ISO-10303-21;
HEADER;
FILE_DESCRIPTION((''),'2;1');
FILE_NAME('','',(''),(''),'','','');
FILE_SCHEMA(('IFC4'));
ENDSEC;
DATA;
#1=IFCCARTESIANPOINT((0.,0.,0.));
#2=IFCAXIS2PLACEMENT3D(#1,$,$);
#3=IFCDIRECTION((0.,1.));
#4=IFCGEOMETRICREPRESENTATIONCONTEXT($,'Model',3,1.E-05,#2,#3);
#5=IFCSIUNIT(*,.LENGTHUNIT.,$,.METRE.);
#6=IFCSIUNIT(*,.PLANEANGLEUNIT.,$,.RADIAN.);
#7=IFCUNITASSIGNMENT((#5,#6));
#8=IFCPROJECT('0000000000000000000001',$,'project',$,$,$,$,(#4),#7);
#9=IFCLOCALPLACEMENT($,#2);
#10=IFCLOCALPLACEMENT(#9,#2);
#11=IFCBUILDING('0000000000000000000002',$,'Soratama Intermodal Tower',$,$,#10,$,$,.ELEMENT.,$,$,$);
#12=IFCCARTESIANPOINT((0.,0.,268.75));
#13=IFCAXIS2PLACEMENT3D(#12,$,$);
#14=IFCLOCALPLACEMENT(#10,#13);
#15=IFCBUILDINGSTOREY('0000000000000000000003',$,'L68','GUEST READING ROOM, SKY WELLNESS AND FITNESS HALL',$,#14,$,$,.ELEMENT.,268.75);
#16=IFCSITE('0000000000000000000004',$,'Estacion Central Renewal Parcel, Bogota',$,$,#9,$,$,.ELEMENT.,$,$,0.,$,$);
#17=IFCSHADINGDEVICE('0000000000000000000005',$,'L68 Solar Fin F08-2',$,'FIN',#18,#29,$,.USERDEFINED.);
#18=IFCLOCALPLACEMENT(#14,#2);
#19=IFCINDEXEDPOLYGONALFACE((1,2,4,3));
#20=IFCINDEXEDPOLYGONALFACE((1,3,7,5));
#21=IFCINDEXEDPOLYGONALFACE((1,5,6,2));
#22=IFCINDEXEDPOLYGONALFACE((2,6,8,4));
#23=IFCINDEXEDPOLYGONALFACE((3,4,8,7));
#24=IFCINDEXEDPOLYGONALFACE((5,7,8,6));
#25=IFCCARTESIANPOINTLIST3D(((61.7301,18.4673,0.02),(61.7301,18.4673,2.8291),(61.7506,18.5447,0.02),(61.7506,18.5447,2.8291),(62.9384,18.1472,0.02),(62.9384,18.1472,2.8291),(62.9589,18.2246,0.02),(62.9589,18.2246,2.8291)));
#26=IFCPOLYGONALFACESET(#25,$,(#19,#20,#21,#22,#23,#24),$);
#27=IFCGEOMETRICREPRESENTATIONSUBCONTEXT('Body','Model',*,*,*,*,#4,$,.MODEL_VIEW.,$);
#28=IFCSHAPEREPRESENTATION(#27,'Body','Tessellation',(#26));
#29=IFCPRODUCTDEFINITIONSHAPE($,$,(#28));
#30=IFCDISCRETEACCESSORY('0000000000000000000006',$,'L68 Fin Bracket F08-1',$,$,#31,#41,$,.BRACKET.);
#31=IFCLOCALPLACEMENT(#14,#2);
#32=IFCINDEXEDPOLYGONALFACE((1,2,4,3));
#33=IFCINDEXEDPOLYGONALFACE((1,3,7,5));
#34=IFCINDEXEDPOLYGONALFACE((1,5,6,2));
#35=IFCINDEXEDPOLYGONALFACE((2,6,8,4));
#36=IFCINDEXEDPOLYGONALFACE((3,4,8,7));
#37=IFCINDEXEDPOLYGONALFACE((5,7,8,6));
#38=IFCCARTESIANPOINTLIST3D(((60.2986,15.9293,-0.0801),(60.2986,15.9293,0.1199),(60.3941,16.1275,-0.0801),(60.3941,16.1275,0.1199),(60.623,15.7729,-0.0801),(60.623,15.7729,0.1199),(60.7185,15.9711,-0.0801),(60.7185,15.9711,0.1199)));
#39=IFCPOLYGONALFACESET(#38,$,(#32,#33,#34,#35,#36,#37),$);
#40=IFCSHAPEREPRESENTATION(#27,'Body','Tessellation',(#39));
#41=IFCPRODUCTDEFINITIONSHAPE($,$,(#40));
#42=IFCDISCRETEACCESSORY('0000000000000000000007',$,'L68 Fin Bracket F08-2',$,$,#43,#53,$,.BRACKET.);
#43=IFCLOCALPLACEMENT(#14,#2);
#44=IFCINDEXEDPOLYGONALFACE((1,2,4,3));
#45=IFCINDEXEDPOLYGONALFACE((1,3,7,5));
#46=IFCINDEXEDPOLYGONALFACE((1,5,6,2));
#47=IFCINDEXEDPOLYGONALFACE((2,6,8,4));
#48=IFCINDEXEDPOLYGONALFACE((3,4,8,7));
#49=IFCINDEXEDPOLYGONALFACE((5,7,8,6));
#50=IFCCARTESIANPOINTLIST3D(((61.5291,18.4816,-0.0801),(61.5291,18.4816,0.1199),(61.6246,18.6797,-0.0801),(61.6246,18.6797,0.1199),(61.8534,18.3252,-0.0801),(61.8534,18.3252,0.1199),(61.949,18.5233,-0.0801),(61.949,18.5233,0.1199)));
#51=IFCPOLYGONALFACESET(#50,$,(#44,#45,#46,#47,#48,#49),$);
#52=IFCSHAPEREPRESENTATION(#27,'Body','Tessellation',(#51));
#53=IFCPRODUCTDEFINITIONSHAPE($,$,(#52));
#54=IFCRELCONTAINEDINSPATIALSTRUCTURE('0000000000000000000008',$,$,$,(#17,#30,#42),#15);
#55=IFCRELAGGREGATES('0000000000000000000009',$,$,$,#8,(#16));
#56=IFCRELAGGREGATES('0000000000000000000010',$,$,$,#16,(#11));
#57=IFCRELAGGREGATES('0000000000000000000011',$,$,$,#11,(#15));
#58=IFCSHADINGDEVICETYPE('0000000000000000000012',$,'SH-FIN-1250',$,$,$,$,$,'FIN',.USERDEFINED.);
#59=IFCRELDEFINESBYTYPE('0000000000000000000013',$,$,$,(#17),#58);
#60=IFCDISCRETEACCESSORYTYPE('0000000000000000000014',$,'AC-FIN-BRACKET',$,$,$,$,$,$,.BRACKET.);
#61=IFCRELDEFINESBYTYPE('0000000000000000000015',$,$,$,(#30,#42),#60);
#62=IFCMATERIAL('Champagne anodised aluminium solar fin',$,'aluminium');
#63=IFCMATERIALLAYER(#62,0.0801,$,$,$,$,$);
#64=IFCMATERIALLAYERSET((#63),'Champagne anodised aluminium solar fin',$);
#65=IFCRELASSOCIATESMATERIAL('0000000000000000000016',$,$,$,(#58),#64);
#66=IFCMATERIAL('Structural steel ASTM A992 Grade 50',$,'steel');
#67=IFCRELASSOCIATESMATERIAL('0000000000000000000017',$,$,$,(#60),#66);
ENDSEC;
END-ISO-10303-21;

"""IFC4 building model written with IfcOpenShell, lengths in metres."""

from ifc_helpers import new_model, si_unit, direction, frame, origin, origin_2d, place, context, subcontext, project, spatial, rectangle, extrude, material, layer, layer_set, type_object, element, save


model = new_model("IFC4")

# Units and contexts
model_context = context("Model", 3, precision=1e-05, world=origin(), true_north=direction((0.0, 1.0)))
body_context = subcontext(model_context, "Body", "Model", "MODEL_VIEW")
ifc_project = project(units=[si_unit("LENGTHUNIT", "METRE"), si_unit("PLANEANGLEUNIT", "RADIAN")], contexts=[model_context])

# Site, building, storey
site_placement = place(None, origin())
site = spatial("IfcSite", under=ifc_project, at=site_placement, Name="Estacion Central Renewal Parcel, Bogota", CompositionType="ELEMENT", RefElevation=0.0)
building_placement = place(site_placement, origin())
building = spatial("IfcBuilding", under=site, at=building_placement, Name="Soratama Intermodal Tower", CompositionType="ELEMENT")
storey_placement = place(building_placement, frame((0.0, 0.0, 268.75)))
storey = spatial("IfcBuildingStorey", under=building, at=storey_placement, Name="L68", Description="GUEST READING ROOM, SKY WELLNESS AND FITNESS HALL", CompositionType="ELEMENT", Elevation=268.75)

# Shading device
ifc_material_1 = material(Name="Champagne anodised aluminium solar fin", Category="aluminium")
ifc_layer_1 = layer(ifc_material_1, 0.0801)
ifc_layer_set_1 = layer_set([ifc_layer_1], Name="Champagne anodised aluminium solar fin")
shading_device_type = type_object("IfcShadingDeviceType", Name="SH-FIN-1250", ElementType="FIN", PredefinedType="USERDEFINED", material=ifc_layer_set_1)
for number, where, z_axis, x_axis, name in (
    (1, (62.3445, 18.3459, 0.02), (0.0, 0.0, 1.0), (0.966645, -0.256121, 0.0), "L68 Solar Fin F08-2"),
):
    element("IfcShadingDevice", number, at=place(storey_placement, frame(where, z_axis=z_axis, x_axis=x_axis)), inside=storey, type_object=shading_device_type, Name=name, ObjectType="FIN", PredefinedType="USERDEFINED", context=body_context, shape_type="SweptSolid", body=[
        extrude(rectangle(XDim=1.25, YDim=0.0801, at=origin_2d()), origin(), (0.0, 0.0, 1.0), 2.8091),
    ])

# Discrete accessories
ifc_material_2 = material(Name="Structural steel ASTM A992 Grade 50", Category="steel")
discrete_accessory_type = type_object("IfcDiscreteAccessoryType", Name="AC-FIN-BRACKET", PredefinedType="BRACKET", material=ifc_material_2)
for number, where, z_axis, x_axis, name in (
    (2, (60.5085, 15.9502, -0.0801), (0.0, 0.0, 1.0), (0.900774, -0.434288, 0.0), "L68 Fin Bracket F08-1"),
    (3, (61.739, 18.5024, -0.0801), (0.0, 0.0, 1.0), (0.900774, -0.434288, 0.0), "L68 Fin Bracket F08-2"),
):
    element("IfcDiscreteAccessory", number, at=place(storey_placement, frame(where, z_axis=z_axis, x_axis=x_axis)), inside=storey, type_object=discrete_accessory_type, Name=name, PredefinedType="BRACKET", context=body_context, shape_type="SweptSolid", body=[
        extrude(rectangle(XDim=0.3601, YDim=0.22, at=origin_2d()), origin(), (0.0, 0.0, 1.0), 0.2),
    ])

save(model, "model.ifc")
